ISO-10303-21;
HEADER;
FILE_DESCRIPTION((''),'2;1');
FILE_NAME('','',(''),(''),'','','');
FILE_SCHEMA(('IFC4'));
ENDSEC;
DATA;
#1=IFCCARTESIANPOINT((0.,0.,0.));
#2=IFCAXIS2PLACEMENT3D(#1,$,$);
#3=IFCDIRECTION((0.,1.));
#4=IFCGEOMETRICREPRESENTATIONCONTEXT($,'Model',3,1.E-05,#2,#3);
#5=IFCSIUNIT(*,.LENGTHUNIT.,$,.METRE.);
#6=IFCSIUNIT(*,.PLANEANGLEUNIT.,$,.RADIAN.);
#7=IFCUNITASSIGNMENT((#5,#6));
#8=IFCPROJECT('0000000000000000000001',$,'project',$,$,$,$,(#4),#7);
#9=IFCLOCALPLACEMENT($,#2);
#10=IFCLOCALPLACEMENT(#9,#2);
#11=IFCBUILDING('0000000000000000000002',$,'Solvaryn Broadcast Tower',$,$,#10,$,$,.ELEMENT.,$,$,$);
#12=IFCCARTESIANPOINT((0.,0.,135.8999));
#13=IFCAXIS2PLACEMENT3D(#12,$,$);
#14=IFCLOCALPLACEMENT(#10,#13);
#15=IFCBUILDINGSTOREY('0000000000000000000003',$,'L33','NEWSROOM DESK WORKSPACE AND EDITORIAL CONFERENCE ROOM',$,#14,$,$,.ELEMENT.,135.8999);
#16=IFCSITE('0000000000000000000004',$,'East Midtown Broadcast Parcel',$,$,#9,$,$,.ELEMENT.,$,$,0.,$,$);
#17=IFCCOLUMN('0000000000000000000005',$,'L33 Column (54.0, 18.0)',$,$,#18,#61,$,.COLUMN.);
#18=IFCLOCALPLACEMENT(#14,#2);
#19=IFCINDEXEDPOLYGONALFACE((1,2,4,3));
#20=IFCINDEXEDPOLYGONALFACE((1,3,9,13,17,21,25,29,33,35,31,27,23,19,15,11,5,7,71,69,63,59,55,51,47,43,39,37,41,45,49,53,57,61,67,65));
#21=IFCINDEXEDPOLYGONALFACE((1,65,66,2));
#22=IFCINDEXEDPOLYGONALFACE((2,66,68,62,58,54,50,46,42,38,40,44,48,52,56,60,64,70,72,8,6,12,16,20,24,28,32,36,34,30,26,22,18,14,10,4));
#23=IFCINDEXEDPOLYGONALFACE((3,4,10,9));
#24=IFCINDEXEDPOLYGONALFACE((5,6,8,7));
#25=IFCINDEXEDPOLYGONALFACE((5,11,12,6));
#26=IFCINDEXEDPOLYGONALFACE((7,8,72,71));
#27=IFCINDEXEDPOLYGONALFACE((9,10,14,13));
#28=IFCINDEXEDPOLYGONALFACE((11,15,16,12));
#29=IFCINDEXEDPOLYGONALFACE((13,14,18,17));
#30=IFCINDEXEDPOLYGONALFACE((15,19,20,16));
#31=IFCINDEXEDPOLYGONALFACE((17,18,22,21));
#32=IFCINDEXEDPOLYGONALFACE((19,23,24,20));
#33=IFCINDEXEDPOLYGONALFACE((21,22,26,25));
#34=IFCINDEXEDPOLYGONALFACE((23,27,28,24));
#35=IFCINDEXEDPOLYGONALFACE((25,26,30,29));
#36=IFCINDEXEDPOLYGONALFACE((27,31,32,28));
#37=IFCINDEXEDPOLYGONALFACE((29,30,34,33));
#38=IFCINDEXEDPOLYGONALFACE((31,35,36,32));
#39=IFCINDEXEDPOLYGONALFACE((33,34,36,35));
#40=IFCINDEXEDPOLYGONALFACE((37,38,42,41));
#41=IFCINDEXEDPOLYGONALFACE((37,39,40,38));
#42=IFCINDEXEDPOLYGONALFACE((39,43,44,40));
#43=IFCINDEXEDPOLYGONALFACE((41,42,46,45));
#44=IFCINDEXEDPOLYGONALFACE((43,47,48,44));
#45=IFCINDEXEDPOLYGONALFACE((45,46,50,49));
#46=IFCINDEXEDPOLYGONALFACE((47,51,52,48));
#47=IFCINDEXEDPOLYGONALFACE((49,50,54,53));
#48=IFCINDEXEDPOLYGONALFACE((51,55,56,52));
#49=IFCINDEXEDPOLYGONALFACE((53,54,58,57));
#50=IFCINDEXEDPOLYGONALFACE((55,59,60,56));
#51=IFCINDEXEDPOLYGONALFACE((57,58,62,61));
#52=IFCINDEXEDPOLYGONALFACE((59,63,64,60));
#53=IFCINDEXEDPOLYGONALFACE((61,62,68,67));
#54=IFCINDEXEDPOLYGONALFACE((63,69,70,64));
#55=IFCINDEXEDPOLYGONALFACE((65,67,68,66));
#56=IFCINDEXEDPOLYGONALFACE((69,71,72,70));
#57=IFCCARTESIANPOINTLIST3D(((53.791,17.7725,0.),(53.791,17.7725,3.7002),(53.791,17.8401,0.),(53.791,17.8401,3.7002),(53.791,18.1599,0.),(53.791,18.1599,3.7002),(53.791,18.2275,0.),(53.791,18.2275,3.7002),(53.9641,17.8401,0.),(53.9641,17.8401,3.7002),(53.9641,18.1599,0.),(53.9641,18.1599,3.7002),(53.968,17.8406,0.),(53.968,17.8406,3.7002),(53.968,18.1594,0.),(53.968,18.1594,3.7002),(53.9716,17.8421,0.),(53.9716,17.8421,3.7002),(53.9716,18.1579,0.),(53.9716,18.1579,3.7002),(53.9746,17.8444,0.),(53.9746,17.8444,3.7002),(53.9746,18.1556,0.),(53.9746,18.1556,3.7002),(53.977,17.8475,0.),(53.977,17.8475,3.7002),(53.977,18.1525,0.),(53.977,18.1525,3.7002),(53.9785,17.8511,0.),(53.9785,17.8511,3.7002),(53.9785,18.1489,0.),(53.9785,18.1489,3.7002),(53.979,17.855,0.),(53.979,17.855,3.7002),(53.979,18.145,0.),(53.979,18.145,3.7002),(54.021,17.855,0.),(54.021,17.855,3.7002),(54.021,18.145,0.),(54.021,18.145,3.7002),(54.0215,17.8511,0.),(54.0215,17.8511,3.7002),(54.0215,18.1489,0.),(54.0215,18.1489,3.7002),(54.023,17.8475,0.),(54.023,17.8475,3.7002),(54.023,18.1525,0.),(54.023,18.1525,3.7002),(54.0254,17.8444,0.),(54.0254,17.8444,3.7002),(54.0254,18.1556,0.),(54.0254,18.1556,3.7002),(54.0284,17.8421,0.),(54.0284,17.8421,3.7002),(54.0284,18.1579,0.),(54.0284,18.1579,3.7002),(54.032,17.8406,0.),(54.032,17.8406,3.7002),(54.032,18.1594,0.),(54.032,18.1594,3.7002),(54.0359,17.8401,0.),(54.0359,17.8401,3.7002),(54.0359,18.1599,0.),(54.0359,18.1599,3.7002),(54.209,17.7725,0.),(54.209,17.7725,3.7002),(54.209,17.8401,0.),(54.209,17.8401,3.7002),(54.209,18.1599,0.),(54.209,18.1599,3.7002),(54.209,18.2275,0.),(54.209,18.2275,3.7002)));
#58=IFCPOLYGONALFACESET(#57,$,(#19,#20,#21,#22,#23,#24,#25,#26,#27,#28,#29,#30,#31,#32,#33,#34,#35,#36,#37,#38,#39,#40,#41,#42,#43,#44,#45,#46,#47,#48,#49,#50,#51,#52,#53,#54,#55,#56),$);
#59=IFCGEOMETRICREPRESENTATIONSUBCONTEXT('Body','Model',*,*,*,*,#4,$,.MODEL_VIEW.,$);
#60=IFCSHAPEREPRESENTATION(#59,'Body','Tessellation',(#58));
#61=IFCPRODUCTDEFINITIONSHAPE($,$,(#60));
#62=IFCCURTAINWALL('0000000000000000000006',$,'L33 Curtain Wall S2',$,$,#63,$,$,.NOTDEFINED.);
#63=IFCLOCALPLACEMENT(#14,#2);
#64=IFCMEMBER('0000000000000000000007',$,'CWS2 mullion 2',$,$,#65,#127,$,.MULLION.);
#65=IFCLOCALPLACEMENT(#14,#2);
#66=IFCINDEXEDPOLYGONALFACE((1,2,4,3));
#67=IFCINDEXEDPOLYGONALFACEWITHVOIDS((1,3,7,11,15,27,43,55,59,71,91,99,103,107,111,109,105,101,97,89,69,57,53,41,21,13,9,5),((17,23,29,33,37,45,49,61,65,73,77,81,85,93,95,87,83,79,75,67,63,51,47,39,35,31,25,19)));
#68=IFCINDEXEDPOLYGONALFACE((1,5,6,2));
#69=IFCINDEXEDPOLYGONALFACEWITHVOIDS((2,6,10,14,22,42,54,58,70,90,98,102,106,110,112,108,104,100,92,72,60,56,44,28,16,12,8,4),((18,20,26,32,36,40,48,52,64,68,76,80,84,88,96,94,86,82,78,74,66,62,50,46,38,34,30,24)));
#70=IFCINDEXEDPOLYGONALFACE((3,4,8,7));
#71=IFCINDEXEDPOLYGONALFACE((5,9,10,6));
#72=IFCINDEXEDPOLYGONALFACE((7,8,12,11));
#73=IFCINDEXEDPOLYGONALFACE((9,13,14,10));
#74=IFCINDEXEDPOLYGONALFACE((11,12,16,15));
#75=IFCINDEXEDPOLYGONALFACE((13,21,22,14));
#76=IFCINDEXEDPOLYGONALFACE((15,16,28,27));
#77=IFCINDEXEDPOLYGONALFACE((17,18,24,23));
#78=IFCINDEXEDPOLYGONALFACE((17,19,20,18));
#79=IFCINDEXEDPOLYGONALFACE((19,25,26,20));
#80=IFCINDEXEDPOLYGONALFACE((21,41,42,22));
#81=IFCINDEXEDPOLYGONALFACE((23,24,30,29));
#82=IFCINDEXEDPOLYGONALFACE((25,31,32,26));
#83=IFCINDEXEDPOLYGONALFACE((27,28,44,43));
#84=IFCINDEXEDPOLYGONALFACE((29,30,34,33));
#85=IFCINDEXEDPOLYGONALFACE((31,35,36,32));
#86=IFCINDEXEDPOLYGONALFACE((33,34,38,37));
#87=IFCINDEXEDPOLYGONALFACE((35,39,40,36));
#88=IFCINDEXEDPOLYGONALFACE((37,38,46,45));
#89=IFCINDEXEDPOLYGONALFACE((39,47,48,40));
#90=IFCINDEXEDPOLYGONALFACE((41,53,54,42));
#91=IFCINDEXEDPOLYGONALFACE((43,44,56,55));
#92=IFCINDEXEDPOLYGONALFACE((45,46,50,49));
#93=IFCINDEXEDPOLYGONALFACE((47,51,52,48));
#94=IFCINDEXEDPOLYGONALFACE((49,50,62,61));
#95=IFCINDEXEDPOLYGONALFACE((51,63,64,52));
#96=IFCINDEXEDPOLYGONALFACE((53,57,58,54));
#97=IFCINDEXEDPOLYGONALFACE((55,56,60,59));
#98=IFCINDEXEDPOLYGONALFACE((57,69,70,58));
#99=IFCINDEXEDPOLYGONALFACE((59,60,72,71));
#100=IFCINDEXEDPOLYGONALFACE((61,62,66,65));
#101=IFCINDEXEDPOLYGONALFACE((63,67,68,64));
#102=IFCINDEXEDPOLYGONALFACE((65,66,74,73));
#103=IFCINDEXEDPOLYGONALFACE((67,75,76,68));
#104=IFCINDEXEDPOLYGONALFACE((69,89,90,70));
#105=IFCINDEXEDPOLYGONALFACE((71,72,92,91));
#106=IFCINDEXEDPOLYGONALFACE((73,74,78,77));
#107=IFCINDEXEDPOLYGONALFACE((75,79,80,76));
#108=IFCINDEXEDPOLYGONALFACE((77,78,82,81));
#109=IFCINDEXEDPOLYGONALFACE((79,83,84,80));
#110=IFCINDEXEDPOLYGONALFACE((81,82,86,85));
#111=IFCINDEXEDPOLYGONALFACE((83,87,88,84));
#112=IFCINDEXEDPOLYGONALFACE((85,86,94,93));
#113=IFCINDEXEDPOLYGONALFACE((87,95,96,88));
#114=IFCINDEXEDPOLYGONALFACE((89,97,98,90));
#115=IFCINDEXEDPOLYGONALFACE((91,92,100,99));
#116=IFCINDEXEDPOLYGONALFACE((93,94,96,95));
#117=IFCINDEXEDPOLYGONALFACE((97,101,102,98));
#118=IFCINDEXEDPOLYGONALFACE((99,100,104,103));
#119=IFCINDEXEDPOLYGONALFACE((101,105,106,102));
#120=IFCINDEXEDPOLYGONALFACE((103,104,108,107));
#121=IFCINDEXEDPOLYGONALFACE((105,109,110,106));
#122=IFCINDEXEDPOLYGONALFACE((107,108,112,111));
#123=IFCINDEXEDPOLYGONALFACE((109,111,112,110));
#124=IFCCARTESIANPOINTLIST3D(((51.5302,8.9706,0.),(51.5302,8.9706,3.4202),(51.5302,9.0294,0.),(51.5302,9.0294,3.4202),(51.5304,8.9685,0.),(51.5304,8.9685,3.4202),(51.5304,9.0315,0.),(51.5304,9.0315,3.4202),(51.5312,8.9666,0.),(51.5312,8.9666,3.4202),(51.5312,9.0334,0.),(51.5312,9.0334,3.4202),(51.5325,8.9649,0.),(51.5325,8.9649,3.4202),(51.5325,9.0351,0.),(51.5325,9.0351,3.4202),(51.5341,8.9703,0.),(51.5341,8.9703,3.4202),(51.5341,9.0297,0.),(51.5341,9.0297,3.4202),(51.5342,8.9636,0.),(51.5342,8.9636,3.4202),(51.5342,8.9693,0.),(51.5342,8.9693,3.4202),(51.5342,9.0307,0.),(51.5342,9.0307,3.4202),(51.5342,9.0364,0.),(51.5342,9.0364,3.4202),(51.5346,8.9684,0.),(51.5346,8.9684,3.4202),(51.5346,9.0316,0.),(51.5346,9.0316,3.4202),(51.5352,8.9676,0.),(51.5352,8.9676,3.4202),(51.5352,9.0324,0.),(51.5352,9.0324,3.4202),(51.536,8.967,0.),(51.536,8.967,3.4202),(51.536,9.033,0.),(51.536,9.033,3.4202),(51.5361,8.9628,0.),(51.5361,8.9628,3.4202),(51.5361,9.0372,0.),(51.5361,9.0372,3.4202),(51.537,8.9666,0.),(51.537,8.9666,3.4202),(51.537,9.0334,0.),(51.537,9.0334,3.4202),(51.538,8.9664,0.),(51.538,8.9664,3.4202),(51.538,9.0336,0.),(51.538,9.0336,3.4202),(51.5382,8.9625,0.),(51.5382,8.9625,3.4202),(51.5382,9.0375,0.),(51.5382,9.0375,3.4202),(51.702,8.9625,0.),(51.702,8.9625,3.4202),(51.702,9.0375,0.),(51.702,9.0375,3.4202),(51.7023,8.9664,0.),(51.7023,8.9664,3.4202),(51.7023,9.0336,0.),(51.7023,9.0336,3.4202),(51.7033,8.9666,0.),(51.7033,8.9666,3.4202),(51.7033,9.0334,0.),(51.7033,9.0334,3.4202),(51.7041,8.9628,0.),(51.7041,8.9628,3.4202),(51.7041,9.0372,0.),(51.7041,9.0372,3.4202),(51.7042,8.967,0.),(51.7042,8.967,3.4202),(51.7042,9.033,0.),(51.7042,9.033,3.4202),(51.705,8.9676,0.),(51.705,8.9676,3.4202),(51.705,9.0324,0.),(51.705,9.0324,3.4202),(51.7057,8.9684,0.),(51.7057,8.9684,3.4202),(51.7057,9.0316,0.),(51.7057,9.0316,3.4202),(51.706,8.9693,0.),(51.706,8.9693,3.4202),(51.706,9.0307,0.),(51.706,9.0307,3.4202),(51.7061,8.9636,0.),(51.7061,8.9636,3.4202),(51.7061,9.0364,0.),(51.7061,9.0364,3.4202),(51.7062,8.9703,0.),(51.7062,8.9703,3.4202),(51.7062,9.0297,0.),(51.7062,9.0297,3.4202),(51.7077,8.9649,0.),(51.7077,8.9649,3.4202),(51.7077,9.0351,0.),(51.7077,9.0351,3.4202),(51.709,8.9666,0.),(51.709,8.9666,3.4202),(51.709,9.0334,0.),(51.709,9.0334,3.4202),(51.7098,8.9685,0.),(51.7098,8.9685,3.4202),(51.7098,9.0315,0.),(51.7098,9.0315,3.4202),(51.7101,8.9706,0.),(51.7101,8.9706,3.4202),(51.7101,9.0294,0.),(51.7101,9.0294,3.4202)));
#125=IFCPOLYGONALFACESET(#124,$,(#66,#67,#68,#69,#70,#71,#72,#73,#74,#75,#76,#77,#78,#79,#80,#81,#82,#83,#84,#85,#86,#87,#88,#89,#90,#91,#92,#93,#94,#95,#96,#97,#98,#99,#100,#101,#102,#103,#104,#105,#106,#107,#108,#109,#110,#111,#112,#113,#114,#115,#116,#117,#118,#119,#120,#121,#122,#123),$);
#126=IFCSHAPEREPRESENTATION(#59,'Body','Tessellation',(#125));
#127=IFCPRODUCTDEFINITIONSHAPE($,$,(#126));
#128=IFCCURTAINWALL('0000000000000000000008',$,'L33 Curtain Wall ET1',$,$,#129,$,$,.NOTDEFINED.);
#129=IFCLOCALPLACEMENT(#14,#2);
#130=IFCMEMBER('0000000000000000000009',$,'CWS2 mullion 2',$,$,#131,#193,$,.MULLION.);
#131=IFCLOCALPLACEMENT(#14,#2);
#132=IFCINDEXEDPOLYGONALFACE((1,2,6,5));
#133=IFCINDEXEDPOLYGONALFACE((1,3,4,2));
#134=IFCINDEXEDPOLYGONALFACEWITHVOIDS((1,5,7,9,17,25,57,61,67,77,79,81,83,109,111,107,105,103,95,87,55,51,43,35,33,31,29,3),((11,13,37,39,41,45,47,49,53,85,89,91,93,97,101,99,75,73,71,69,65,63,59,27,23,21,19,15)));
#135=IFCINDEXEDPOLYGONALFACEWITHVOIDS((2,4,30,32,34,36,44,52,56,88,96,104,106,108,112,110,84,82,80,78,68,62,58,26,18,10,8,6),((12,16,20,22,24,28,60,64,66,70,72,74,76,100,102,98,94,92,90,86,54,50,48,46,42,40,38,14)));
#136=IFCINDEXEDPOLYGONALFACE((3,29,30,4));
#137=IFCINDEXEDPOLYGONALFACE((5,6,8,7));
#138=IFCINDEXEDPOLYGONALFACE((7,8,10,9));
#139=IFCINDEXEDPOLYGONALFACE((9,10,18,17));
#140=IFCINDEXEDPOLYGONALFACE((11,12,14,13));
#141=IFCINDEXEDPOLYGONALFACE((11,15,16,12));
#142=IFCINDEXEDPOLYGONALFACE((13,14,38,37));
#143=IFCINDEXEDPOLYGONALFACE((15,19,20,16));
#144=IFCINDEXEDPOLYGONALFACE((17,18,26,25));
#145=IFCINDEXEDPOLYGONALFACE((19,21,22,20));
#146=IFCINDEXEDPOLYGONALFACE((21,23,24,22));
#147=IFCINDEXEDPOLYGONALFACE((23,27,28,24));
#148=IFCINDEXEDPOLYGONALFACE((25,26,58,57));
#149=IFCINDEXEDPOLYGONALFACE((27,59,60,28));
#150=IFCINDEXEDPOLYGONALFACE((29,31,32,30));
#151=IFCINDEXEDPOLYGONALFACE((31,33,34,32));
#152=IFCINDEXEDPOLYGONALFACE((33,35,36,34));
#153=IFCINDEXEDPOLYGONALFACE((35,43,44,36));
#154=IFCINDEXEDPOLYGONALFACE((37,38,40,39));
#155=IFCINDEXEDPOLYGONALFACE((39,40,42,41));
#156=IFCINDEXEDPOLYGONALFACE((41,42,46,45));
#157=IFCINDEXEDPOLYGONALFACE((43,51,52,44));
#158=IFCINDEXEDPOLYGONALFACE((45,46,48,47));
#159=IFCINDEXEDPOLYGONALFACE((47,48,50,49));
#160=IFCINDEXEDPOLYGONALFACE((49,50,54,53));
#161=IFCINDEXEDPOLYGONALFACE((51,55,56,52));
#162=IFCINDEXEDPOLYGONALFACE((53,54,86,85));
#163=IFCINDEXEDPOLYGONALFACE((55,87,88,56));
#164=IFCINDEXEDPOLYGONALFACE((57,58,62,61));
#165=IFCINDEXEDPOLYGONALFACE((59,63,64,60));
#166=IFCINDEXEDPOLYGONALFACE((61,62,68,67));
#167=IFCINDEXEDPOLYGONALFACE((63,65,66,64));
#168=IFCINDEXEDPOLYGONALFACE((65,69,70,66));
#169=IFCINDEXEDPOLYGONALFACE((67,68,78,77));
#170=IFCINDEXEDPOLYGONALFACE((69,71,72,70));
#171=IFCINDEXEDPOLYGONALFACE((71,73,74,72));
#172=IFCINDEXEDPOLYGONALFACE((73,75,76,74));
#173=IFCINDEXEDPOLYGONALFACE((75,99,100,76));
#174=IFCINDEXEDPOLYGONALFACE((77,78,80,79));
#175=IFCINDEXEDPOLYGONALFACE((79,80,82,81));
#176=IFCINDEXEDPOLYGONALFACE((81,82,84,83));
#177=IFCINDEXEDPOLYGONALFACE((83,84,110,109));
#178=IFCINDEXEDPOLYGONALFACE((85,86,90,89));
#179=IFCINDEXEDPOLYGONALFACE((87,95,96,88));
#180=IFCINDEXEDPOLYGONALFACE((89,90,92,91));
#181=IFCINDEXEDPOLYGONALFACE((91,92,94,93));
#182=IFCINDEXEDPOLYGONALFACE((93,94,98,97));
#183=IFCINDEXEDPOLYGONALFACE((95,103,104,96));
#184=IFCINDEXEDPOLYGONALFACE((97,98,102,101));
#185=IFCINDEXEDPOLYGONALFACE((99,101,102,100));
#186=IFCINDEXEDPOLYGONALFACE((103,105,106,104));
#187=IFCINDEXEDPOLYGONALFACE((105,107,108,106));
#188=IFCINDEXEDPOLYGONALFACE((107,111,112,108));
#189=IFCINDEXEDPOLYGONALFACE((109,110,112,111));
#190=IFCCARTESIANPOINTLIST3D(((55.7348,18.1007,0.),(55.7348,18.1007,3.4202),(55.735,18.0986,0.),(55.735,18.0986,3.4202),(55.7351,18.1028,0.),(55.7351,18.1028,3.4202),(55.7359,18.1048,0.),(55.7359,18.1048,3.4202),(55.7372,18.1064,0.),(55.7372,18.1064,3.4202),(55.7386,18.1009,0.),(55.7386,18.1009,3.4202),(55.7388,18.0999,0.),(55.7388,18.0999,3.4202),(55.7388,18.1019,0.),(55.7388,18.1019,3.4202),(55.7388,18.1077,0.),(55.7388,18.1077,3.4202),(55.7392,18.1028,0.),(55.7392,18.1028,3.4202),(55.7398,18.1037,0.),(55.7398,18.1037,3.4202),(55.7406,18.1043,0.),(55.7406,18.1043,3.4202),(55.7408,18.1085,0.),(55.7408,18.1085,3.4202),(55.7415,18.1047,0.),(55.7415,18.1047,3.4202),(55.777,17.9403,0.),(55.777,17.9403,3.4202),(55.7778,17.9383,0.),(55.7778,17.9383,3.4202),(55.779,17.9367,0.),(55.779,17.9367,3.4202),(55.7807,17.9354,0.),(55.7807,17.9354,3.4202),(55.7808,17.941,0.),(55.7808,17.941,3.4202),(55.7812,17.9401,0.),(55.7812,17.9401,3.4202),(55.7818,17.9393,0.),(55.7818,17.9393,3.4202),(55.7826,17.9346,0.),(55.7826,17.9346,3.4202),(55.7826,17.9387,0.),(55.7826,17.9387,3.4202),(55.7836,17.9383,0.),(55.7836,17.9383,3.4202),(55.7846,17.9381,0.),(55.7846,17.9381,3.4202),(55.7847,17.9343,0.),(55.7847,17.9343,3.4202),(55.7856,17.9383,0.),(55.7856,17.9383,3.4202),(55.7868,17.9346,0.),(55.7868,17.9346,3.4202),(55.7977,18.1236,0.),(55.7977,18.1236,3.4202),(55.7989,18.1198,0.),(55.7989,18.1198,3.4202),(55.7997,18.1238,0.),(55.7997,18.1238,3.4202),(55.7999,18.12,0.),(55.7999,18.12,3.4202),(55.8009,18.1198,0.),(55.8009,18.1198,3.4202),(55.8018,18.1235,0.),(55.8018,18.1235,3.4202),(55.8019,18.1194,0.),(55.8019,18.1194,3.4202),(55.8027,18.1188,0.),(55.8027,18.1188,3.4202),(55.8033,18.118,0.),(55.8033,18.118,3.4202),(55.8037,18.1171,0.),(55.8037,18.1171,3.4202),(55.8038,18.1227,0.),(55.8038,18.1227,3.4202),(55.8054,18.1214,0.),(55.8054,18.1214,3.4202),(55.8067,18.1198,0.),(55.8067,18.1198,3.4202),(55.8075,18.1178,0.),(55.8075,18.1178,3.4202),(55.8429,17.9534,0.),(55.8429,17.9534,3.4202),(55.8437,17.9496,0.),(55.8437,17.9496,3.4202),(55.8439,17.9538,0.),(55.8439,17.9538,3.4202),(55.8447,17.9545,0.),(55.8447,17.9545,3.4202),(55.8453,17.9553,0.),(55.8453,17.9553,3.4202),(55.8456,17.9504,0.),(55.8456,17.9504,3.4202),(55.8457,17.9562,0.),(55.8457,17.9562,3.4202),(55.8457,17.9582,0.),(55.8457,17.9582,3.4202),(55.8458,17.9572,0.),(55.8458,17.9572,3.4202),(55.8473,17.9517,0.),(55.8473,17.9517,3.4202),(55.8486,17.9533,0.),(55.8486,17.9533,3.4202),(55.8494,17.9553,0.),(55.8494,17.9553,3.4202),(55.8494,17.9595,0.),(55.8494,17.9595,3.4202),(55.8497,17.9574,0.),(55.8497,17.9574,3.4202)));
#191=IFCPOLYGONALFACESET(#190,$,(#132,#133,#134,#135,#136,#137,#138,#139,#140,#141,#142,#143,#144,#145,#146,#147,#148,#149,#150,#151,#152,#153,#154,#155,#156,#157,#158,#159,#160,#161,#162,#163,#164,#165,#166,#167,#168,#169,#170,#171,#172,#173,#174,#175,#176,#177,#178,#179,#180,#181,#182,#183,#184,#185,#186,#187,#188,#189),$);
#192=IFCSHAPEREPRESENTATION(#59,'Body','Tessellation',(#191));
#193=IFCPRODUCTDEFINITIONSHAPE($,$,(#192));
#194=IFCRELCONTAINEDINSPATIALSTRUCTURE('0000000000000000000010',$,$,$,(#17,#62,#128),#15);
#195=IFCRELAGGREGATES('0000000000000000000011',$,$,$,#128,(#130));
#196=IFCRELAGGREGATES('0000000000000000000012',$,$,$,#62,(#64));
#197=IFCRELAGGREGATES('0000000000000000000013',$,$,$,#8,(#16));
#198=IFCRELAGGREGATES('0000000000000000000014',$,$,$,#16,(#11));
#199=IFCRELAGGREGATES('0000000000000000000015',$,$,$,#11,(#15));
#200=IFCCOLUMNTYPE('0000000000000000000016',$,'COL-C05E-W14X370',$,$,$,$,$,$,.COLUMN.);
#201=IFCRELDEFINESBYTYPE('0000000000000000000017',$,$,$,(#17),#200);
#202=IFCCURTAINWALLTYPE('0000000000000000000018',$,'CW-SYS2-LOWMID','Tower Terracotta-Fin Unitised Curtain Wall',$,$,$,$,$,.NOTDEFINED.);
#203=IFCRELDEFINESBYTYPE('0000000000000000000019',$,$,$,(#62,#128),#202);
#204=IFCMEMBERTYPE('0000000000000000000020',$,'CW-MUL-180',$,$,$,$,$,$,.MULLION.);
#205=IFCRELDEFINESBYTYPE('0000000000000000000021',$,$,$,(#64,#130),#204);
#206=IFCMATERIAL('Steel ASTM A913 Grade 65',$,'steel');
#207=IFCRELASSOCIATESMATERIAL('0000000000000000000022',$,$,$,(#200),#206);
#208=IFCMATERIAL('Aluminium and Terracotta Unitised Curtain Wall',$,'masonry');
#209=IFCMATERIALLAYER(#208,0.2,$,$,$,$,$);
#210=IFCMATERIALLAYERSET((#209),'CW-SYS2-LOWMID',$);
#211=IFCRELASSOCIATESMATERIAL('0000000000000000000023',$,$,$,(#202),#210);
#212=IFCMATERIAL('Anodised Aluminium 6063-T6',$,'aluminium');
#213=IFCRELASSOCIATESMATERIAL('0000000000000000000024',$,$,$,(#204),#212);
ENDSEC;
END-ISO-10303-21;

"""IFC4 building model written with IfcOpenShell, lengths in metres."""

from ifc_helpers import new_model, si_unit, direction, frame, origin, origin_2d, place, context, subcontext, project, spatial, hollow_rectangle, i_section, extrude, material, layer, layer_set, material_profile, profile_set, type_object, element, aggregate, save


model = new_model("IFC4")

# Units and contexts
model_context = context("Model", 3, precision=1e-05, world=origin(), true_north=direction((0.0, 1.0)))
body_context = subcontext(model_context, "Body", "Model", "MODEL_VIEW")
ifc_project = project(units=[si_unit("LENGTHUNIT", "METRE"), si_unit("PLANEANGLEUNIT", "RADIAN")], contexts=[model_context])

# Site, building, storey
site_placement = place(None, origin())
site = spatial("IfcSite", under=ifc_project, at=site_placement, Name="East Midtown Broadcast Parcel", CompositionType="ELEMENT", RefElevation=0.0)
building_placement = place(site_placement, origin())
building = spatial("IfcBuilding", under=site, at=building_placement, Name="Solvaryn Broadcast Tower", CompositionType="ELEMENT")
storey_placement = place(building_placement, frame((0.0, 0.0, 135.8999)))
storey = spatial("IfcBuildingStorey", under=building, at=storey_placement, Name="L33", Description="NEWSROOM DESK WORKSPACE AND EDITORIAL CONFERENCE ROOM", CompositionType="ELEMENT", Elevation=135.8999)

# Column
ifc_material_1 = material(Name="Steel ASTM A913 Grade 65", Category="steel")
ifc_material_profile_1 = material_profile(ifc_material_1, i_section(OverallWidth=0.418, OverallDepth=0.4551, WebThickness=0.042, FlangeThickness=0.0676, FilletRadius=0.0149, at=origin_2d()))
ifc_profile_set_1 = profile_set([ifc_material_profile_1], Name="Steel ASTM A913 Grade 65")
column_type = type_object("IfcColumnType", Name="COL-C05E-W14X370", PredefinedType="COLUMN", material=ifc_profile_set_1)
column_placement = place(storey_placement, frame((54.0, 18.0, 0.0), z_axis=(0.0, 0.0, 1.0), x_axis=(1.0, 0.0, 0.0)))
element("IfcColumn", 1, at=column_placement, inside=storey, type_object=column_type, Name="L33 Column (54.0, 18.0)", PredefinedType="COLUMN", context=body_context, shape_type="SweptSolid", body=[
    extrude(i_section(OverallWidth=0.418, OverallDepth=0.4551, WebThickness=0.042, FlangeThickness=0.0676, FilletRadius=0.0149, at=origin_2d()), origin(), (0.0, 0.0, 1.0), 3.7002),
])

# Curtain walls, members
ifc_material_2 = material(Name="Aluminium and Terracotta Unitised Curtain Wall", Category="masonry")
ifc_layer_1 = layer(ifc_material_2, 0.2)
ifc_layer_set_1 = layer_set([ifc_layer_1], Name="CW-SYS2-LOWMID")
curtain_wall_type = type_object("IfcCurtainWallType", Name="CW-SYS2-LOWMID", Description="Tower Terracotta-Fin Unitised Curtain Wall", PredefinedType="NOTDEFINED", material=ifc_layer_set_1)
curtain_wall_1_placement = place(storey_placement, origin())
curtain_wall_1 = element("IfcCurtainWall", 2, at=curtain_wall_1_placement, inside=storey, type_object=curtain_wall_type, Name="L33 Curtain Wall S2", PredefinedType="NOTDEFINED")
ifc_material_3 = material(Name="Anodised Aluminium 6063-T6", Category="aluminium")
ifc_material_profile_2 = material_profile(ifc_material_3, hollow_rectangle(XDim=0.075, YDim=0.1799, WallThickness=0.0039, InnerFilletRadius=0.0039, OuterFilletRadius=0.0081, at=origin_2d()))
ifc_profile_set_2 = profile_set([ifc_material_profile_2], Name="Anodised Aluminium 6063-T6")
member_type_1 = type_object("IfcMemberType", Name="CW-MUL-180", PredefinedType="MULLION", material=ifc_profile_set_2)
member_1_placement = place(storey_placement, frame((51.6201, 9.0, 0.0), z_axis=(0.0, 0.0, 1.0), x_axis=(0.0, 1.0, 0.0)))
member_1 = element("IfcMember", 3, at=member_1_placement, type_object=member_type_1, Name="CWS2 mullion 2", PredefinedType="MULLION", context=body_context, shape_type="SweptSolid", body=[
    extrude(hollow_rectangle(XDim=0.075, YDim=0.1799, WallThickness=0.0039, InnerFilletRadius=0.0039, OuterFilletRadius=0.0081, at=origin_2d()), origin(), (0.0, 0.0, 1.0), 3.4202),
])
curtain_wall_2_placement = place(storey_placement, origin())
curtain_wall_2 = element("IfcCurtainWall", 4, at=curtain_wall_2_placement, inside=storey, type_object=curtain_wall_type, Name="L33 Curtain Wall ET1", PredefinedType="NOTDEFINED")
member_2_placement = place(storey_placement, frame((55.7922, 18.0291, 0.0), z_axis=(0.0, 0.0, 1.0), x_axis=(0.966705, 0.255893, 0.0)))
member_2 = element("IfcMember", 5, at=member_2_placement, type_object=member_type_1, Name="CWS2 mullion 2", PredefinedType="MULLION", context=body_context, shape_type="SweptSolid", body=[
    extrude(hollow_rectangle(XDim=0.075, YDim=0.1799, WallThickness=0.0039, InnerFilletRadius=0.0039, OuterFilletRadius=0.0081, at=origin_2d()), origin(), (0.0, 0.0, 1.0), 3.4202),
])
aggregate(curtain_wall_2, [member_2])

aggregate(curtain_wall_1, [member_1])

save(model, "model.ifc")
